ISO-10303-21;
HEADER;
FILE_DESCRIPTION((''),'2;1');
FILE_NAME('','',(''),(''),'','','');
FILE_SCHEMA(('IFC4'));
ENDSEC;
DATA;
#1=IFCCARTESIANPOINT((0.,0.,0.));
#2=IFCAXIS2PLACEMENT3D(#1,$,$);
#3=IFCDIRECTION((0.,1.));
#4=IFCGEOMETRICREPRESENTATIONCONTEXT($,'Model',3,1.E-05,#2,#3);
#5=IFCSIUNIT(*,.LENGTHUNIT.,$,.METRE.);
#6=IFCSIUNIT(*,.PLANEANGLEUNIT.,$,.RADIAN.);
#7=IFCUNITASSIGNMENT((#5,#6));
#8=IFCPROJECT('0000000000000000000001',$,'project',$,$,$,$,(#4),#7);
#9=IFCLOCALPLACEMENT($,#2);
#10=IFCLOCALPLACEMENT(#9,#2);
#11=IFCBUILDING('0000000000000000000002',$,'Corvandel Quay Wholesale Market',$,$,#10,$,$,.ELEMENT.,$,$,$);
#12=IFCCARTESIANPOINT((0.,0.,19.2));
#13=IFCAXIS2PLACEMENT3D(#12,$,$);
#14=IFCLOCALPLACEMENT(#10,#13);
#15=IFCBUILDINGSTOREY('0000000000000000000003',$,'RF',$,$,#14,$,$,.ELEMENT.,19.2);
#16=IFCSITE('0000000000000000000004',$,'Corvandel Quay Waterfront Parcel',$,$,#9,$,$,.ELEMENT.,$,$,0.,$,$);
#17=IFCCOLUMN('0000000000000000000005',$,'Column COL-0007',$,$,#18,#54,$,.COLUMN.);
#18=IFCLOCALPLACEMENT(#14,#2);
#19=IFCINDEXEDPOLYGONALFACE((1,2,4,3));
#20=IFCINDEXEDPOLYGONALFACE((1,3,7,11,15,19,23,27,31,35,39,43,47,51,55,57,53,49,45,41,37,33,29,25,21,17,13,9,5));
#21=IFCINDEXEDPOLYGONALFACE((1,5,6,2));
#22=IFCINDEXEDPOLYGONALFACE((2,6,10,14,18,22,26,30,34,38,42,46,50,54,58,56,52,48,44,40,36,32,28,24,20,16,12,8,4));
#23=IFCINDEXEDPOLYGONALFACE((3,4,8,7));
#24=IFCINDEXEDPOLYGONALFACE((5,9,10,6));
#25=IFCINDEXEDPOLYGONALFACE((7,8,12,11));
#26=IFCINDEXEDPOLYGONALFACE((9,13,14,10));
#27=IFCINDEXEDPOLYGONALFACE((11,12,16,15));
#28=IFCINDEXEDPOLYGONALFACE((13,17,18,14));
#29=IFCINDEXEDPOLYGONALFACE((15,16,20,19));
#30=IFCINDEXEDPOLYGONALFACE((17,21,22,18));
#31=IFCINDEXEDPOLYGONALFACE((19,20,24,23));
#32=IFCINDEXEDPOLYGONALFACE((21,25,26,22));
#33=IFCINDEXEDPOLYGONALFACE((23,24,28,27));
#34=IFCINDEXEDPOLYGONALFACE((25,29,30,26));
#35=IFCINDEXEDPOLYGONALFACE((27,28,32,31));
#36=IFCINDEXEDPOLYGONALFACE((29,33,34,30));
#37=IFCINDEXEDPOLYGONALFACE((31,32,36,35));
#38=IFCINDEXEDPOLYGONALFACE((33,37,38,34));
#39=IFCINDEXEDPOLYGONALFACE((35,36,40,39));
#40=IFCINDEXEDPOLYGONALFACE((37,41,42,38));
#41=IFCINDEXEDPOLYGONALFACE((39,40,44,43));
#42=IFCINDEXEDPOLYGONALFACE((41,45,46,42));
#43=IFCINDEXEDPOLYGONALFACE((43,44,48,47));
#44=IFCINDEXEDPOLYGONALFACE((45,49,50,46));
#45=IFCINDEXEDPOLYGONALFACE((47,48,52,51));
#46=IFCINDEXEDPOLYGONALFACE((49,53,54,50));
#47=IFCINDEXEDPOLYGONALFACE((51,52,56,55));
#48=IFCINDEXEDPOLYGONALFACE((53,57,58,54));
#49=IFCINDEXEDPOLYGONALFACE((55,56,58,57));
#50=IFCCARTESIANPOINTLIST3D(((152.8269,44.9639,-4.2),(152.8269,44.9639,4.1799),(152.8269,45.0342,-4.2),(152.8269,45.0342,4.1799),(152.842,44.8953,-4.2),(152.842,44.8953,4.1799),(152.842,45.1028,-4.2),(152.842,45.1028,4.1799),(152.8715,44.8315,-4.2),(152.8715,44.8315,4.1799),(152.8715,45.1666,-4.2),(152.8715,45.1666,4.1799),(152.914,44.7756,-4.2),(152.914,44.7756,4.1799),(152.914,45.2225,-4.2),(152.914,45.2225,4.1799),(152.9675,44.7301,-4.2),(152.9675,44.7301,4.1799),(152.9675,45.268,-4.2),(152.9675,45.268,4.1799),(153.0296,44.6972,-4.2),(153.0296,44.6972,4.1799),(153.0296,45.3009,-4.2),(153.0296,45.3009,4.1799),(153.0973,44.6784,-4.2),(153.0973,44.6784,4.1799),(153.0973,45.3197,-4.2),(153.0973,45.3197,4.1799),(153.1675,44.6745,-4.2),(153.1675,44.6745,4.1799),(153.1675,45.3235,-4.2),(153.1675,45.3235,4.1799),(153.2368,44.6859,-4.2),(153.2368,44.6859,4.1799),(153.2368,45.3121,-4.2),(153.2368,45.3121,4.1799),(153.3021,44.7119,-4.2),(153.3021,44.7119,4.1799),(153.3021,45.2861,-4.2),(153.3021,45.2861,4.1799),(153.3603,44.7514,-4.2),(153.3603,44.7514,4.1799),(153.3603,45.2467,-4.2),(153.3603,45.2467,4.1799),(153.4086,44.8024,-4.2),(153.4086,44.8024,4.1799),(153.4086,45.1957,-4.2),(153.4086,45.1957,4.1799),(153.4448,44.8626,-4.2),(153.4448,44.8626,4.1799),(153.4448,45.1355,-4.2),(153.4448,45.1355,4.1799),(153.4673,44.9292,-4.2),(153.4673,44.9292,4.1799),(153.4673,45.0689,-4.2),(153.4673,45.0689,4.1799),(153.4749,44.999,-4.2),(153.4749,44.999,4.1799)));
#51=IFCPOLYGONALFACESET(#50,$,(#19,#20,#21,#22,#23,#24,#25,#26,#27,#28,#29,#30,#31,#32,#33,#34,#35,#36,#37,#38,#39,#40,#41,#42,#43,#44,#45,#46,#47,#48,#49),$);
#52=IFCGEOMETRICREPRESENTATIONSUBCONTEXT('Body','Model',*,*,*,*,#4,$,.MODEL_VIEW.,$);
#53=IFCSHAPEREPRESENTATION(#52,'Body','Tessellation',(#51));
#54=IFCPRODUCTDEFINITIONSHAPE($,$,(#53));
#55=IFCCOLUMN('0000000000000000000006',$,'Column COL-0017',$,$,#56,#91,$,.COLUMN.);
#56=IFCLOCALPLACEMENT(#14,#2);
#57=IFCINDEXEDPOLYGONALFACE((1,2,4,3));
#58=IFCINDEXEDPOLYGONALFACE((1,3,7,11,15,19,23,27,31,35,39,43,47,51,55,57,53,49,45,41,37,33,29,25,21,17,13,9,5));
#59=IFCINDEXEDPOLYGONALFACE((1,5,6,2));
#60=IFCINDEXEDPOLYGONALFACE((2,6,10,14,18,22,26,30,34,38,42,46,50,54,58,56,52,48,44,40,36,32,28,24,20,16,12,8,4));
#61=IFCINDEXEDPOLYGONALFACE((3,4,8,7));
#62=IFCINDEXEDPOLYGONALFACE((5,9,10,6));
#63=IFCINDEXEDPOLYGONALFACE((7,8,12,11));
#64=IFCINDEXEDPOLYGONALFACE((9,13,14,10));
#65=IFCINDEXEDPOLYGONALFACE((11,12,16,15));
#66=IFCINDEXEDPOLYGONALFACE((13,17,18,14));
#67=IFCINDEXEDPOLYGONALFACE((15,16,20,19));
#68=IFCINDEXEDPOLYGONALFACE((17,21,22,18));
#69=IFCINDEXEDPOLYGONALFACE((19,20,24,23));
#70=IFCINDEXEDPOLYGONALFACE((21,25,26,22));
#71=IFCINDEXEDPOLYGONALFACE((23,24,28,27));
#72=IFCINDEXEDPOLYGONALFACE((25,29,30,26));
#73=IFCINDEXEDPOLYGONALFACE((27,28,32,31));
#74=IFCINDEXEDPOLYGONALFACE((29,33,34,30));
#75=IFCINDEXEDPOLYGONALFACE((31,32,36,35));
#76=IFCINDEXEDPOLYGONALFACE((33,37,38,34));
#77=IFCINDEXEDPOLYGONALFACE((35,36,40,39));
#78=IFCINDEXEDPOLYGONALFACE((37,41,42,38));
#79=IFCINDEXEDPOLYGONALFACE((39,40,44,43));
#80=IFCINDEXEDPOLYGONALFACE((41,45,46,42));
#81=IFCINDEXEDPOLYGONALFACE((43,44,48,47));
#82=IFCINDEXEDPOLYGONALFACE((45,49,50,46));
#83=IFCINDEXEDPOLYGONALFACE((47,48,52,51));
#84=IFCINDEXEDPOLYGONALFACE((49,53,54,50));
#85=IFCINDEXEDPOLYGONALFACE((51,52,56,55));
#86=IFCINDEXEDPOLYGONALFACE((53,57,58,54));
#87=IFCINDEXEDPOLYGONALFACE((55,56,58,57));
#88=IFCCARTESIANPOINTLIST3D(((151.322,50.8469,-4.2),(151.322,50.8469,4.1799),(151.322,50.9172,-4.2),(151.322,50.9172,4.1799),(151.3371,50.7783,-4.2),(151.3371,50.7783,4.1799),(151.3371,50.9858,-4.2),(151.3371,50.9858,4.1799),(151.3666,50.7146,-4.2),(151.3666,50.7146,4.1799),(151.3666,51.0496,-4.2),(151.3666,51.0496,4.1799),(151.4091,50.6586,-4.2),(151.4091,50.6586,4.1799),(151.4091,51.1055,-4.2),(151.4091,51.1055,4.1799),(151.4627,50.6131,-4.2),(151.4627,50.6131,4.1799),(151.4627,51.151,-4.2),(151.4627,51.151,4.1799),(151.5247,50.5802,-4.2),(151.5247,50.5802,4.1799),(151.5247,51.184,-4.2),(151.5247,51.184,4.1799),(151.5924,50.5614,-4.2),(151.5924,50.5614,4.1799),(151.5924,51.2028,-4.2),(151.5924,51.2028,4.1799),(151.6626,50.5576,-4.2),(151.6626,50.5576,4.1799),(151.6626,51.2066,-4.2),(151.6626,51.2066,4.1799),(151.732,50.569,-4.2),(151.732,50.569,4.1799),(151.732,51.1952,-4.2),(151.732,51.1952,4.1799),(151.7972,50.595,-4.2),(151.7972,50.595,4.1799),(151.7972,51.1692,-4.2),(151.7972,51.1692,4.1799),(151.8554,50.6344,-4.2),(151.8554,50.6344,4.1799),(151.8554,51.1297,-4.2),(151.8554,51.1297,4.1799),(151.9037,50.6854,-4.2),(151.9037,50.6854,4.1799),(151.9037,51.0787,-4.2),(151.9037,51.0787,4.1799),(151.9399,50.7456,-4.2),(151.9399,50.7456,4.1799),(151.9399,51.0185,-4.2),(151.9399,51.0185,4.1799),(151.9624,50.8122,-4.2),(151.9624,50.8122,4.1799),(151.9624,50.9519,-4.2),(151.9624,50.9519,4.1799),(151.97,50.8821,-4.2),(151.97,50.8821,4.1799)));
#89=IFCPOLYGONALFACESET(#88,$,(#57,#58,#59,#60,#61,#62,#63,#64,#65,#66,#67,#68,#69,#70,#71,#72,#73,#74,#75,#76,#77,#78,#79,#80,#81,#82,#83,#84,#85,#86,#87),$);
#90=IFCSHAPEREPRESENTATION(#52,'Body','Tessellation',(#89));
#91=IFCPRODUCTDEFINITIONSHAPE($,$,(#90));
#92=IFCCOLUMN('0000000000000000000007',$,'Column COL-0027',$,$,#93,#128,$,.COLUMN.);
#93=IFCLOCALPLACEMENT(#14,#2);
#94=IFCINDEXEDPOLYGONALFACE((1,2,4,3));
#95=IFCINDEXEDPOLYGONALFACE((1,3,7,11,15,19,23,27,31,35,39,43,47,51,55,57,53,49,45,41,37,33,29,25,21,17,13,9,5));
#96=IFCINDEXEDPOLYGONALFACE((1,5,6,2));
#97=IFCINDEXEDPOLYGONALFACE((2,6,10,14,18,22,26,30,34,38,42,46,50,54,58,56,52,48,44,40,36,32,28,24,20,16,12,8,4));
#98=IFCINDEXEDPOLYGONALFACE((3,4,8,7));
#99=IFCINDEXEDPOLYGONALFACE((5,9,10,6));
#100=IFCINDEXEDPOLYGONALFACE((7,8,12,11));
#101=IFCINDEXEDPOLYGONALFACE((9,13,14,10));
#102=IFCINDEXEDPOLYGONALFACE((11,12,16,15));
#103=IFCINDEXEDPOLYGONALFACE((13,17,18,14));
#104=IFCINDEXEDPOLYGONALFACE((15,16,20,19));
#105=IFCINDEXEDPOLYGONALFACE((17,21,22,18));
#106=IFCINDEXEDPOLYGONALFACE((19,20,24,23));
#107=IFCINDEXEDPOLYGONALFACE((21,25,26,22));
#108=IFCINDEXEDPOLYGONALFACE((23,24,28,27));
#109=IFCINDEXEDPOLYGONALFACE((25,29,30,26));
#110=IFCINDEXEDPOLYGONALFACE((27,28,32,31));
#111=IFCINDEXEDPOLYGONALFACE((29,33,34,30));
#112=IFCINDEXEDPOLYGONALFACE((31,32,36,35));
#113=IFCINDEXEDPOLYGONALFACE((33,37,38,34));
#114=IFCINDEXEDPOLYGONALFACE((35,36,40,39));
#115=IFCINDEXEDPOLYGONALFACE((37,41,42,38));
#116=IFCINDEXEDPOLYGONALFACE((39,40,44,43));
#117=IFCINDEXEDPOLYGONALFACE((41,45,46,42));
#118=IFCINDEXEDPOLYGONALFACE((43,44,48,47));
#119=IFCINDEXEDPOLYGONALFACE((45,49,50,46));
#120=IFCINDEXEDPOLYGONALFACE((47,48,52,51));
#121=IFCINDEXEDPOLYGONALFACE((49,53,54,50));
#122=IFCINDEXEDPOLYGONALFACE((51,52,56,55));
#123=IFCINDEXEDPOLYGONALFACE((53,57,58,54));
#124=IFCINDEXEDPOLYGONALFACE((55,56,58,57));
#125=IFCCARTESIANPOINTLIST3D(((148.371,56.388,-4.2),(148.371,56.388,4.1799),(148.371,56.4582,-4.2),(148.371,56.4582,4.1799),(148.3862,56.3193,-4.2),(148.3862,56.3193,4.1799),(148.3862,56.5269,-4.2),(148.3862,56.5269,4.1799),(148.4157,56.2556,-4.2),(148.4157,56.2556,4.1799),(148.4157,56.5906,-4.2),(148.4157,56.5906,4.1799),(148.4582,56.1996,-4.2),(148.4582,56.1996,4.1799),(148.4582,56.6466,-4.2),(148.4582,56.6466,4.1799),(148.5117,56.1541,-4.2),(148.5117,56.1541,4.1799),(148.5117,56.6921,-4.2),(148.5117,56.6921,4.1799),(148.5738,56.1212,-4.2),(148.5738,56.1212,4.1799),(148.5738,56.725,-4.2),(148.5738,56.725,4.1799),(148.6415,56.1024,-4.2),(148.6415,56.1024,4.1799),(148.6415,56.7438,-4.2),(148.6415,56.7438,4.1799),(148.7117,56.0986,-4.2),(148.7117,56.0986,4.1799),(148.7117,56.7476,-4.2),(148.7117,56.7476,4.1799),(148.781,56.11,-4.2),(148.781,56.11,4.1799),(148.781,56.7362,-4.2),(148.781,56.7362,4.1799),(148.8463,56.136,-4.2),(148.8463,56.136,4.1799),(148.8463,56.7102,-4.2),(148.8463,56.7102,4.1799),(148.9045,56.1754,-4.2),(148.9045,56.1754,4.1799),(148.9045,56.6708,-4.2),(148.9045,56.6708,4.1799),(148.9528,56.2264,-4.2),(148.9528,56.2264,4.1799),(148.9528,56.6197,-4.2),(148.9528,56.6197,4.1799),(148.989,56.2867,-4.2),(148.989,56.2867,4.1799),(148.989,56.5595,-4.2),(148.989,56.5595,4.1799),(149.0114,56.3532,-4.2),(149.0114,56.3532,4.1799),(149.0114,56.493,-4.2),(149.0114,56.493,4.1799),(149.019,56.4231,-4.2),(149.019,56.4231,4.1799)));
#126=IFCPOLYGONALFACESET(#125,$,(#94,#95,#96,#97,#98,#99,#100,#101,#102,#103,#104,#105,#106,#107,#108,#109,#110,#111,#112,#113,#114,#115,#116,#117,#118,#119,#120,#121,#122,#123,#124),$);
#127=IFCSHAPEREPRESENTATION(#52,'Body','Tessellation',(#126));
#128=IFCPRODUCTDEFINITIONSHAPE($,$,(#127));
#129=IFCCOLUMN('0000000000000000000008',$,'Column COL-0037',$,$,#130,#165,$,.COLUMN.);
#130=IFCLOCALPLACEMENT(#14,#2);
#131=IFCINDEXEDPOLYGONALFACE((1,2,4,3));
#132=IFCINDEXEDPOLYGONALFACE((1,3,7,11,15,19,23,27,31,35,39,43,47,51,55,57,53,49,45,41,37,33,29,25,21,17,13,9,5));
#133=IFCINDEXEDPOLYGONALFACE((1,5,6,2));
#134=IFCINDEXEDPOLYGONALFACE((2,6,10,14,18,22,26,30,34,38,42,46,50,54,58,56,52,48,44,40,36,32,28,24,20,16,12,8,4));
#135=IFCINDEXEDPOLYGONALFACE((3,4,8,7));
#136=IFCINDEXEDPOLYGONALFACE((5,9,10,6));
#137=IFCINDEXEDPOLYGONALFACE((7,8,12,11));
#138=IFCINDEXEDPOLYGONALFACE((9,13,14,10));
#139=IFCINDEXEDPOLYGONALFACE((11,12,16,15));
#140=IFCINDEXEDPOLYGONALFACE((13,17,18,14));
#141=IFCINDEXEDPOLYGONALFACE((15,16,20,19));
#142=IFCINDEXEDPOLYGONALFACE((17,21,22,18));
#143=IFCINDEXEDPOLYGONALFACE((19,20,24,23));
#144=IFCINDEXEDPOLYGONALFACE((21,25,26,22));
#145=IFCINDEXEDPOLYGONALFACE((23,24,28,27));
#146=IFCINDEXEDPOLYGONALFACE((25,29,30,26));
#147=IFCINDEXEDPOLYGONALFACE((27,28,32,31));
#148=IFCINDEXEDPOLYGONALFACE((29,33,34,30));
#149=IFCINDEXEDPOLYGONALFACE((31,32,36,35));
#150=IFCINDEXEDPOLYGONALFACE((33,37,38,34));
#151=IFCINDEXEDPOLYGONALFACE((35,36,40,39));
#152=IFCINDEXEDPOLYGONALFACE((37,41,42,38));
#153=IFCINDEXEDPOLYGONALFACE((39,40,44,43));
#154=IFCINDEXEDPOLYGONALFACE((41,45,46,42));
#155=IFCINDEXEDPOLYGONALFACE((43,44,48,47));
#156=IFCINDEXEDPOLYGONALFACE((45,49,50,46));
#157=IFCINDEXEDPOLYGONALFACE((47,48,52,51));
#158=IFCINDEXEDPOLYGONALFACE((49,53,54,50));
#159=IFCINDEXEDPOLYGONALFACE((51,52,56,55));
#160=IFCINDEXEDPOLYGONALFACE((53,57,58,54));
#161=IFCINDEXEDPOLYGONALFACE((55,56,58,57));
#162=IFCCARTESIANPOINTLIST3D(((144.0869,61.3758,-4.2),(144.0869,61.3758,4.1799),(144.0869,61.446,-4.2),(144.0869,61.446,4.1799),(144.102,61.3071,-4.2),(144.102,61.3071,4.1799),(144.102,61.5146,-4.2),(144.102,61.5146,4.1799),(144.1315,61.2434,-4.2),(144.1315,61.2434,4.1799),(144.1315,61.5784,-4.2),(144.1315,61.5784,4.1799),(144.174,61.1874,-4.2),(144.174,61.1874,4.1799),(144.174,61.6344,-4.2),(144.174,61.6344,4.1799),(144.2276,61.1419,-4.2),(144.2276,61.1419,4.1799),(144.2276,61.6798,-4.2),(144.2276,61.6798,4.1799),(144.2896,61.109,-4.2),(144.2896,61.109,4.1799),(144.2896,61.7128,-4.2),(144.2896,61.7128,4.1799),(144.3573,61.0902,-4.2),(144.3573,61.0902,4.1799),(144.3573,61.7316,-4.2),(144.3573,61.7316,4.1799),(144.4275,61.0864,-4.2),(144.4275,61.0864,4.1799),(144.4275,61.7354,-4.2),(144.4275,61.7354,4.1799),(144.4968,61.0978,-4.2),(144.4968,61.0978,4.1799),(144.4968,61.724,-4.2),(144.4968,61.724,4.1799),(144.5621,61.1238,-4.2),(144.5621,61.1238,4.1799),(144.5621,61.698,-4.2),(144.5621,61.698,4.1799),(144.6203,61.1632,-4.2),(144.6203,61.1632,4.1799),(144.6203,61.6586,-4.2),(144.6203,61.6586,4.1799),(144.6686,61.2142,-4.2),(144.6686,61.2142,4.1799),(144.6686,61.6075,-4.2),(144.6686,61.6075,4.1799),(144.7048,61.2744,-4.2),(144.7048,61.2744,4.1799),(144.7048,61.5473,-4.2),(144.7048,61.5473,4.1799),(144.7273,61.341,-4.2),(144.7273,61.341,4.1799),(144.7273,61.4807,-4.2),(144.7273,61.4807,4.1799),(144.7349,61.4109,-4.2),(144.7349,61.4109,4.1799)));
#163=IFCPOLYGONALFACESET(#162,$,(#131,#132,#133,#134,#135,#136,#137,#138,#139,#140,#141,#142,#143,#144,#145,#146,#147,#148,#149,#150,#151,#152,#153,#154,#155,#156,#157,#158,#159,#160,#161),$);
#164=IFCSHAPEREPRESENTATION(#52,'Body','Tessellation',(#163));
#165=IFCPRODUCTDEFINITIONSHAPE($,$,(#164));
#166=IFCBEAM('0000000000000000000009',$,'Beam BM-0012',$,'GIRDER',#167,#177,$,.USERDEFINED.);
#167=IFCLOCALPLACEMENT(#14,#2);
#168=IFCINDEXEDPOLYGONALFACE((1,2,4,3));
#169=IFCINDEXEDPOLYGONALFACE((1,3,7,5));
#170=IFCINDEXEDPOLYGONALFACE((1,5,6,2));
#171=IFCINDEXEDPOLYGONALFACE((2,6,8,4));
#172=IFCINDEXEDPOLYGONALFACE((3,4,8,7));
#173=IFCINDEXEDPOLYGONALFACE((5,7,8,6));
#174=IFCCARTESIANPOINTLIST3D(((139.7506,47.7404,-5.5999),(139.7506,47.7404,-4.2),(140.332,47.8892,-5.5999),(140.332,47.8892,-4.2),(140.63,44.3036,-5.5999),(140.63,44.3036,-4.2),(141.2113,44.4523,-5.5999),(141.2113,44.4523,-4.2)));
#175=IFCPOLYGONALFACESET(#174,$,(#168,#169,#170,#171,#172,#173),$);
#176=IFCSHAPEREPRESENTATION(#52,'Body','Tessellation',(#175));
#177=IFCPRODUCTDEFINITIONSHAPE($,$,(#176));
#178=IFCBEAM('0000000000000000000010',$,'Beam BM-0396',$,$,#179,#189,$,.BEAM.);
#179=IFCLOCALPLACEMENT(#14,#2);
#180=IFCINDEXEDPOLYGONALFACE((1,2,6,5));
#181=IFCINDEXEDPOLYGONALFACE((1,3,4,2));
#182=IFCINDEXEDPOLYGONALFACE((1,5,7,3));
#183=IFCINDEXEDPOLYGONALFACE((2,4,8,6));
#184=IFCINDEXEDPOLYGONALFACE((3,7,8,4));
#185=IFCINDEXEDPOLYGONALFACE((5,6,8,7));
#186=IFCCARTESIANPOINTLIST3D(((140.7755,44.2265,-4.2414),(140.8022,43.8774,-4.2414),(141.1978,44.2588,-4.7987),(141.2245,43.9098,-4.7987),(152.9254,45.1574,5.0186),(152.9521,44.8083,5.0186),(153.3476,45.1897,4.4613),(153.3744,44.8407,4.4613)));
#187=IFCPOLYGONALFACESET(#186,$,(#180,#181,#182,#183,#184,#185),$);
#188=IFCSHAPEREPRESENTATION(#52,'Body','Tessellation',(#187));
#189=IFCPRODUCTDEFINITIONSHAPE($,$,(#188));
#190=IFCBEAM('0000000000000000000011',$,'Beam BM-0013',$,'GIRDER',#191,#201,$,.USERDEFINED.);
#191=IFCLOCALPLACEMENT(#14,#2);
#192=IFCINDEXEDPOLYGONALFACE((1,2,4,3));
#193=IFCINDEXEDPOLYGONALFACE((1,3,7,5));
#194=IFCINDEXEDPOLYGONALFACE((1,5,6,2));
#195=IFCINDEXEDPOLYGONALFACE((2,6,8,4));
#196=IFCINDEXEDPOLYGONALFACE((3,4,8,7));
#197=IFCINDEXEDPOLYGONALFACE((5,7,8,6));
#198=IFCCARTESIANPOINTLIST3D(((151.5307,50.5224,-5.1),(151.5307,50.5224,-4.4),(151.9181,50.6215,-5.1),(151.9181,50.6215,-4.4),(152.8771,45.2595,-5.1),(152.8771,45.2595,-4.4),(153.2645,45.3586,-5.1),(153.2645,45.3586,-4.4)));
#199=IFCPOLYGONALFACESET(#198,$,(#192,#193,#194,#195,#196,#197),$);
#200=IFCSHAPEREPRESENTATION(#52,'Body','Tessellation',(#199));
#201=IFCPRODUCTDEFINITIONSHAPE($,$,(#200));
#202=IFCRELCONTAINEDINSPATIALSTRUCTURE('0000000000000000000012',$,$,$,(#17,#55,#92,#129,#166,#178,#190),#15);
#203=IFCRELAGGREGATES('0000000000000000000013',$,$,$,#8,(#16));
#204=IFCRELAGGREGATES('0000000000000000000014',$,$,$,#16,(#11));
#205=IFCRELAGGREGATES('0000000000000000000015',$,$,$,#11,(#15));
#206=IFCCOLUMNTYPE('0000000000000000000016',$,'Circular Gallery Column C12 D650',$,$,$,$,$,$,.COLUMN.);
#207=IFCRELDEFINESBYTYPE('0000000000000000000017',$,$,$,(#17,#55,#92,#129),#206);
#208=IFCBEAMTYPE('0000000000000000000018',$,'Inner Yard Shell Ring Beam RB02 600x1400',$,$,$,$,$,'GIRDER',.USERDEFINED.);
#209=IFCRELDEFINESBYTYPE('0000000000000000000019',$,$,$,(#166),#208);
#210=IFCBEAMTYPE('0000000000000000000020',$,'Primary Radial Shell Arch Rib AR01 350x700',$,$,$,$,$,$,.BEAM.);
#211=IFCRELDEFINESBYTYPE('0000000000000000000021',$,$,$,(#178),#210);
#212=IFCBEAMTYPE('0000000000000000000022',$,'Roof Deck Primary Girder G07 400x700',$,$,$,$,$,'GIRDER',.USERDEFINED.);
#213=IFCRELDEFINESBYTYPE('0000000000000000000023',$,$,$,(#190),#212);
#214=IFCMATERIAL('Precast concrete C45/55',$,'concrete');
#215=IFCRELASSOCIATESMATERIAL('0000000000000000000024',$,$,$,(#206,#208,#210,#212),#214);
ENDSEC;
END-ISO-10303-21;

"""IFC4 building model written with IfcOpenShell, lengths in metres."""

from ifc_helpers import new_model, si_unit, direction, frame, origin, origin_2d, place, context, subcontext, project, spatial, rectangle, circle, extrude, material, material_profile, profile_set, type_object, element, save


model = new_model("IFC4")

# Units and contexts
model_context = context("Model", 3, precision=1e-05, world=origin(), true_north=direction((0.0, 1.0)))
body_context = subcontext(model_context, "Body", "Model", "MODEL_VIEW")
ifc_project = project(units=[si_unit("LENGTHUNIT", "METRE"), si_unit("PLANEANGLEUNIT", "RADIAN")], contexts=[model_context])

# Site, building, storey
site_placement = place(None, origin())
site = spatial("IfcSite", under=ifc_project, at=site_placement, Name="Corvandel Quay Waterfront Parcel", CompositionType="ELEMENT", RefElevation=0.0)
building_placement = place(site_placement, origin())
building = spatial("IfcBuilding", under=site, at=building_placement, Name="Corvandel Quay Wholesale Market", CompositionType="ELEMENT")
storey_placement = place(building_placement, frame((0.0, 0.0, 19.2)))
storey = spatial("IfcBuildingStorey", under=building, at=storey_placement, Name="RF", CompositionType="ELEMENT", Elevation=19.2)

# Columns
ifc_material_1 = material(Name="Precast concrete C45/55", Category="concrete")
ifc_material_profile_1 = material_profile(ifc_material_1, circle(Radius=0.325, at=origin_2d()), Name="PC-COL-D650")
ifc_profile_set_1 = profile_set([ifc_material_profile_1], Name="Precast concrete C45/55")
column_type = type_object("IfcColumnType", Name="Circular Gallery Column C12 D650", PredefinedType="COLUMN", material=ifc_profile_set_1)
for number, where, z_axis, x_axis, name in (
    (1, (153.1499, 44.999, -4.2), (0.0, 0.0, 1.0), (1.0, 0.0, 0.0), "Column COL-0007"),
    (2, (151.645, 50.8821, -4.2), (0.0, 0.0, 1.0), (1.0, 0.0, 0.0), "Column COL-0017"),
    (3, (148.6941, 56.4231, -4.2), (0.0, 0.0, 1.0), (1.0, 0.0, 0.0), "Column COL-0027"),
    (4, (144.4099, 61.4109, -4.2), (0.0, 0.0, 1.0), (1.0, 0.0, 0.0), "Column COL-0037"),
):
    element("IfcColumn", number, at=place(storey_placement, frame(where, z_axis=z_axis, x_axis=x_axis)), inside=storey, type_object=column_type, Name=name, PredefinedType="COLUMN", context=body_context, shape_type="SweptSolid", body=[
        extrude(circle(Radius=0.325, at=origin_2d()), origin(), (0.0, 0.0, 1.0), 8.3799),
    ])

# Beams
ifc_material_profile_2 = material_profile(ifc_material_1, rectangle(XDim=0.6001, YDim=1.3999, at=origin_2d()), Name="PC-RING-600x1400")
ifc_profile_set_2 = profile_set([ifc_material_profile_2], Name="Precast concrete C45/55")
beam_type_1 = type_object("IfcBeamType", Name="Inner Yard Shell Ring Beam RB02 600x1400", ElementType="GIRDER", PredefinedType="USERDEFINED", material=ifc_profile_set_2)
beam_1_placement = place(storey_placement, frame((140.9207, 44.3779, -4.8999), z_axis=(-0.247875, 0.968792, 0.0), x_axis=(-0.968792, -0.247875, 0.0)))
element("IfcBeam", 5, at=beam_1_placement, inside=storey, type_object=beam_type_1, Name="Beam BM-0012", ObjectType="GIRDER", PredefinedType="USERDEFINED", context=body_context, shape_type="SweptSolid", body=[
    extrude(rectangle(XDim=0.6001, YDim=1.3999, at=origin_2d()), origin(), (0.0, 0.0, 1.0), 3.5476),
])
ifc_material_profile_3 = material_profile(ifc_material_1, rectangle(XDim=0.3501, YDim=0.7, at=origin_2d()), Name="PC-RIB-350x700")
ifc_profile_set_3 = profile_set([ifc_material_profile_3], Name="Precast concrete C45/55")
beam_type_2 = type_object("IfcBeamType", Name="Primary Radial Shell Arch Rib AR01 350x700", PredefinedType="BEAM", material=ifc_profile_set_3)
beam_2_placement = place(storey_placement, frame((141.0, 44.0681, -4.52), z_axis=(0.793866, 0.060825, 0.605043), x_axis=(-0.076395, 0.997078, 0.0)))
element("IfcBeam", 6, at=beam_2_placement, inside=storey, type_object=beam_type_2, Name="Beam BM-0396", PredefinedType="BEAM", context=body_context, shape_type="SweptSolid", body=[
    extrude(rectangle(XDim=0.3501, YDim=0.7, at=origin_2d()), origin(), (0.0, 0.0, 1.0), 15.3047),
])
ifc_material_profile_4 = material_profile(ifc_material_1, rectangle(XDim=0.3999, YDim=0.7, at=origin_2d()), Name="PC-GIR-400x700")
ifc_profile_set_4 = profile_set([ifc_material_profile_4], Name="Precast concrete C45/55")
beam_type_3 = type_object("IfcBeamType", Name="Roof Deck Primary Girder G07 400x700", ElementType="GIRDER", PredefinedType="USERDEFINED", material=ifc_profile_set_4)
beam_3_placement = place(storey_placement, frame((153.0708, 45.3091, -4.75), z_axis=(-0.247851, 0.968798, 0.0), x_axis=(-0.968798, -0.247851, 0.0)))
element("IfcBeam", 7, at=beam_3_placement, inside=storey, type_object=beam_type_3, Name="Beam BM-0013", ObjectType="GIRDER", PredefinedType="USERDEFINED", context=body_context, shape_type="SweptSolid", body=[
    extrude(rectangle(XDim=0.3999, YDim=0.7, at=origin_2d()), origin(), (0.0, 0.0, 1.0), 5.4324),
])

save(model, "model.ifc")
